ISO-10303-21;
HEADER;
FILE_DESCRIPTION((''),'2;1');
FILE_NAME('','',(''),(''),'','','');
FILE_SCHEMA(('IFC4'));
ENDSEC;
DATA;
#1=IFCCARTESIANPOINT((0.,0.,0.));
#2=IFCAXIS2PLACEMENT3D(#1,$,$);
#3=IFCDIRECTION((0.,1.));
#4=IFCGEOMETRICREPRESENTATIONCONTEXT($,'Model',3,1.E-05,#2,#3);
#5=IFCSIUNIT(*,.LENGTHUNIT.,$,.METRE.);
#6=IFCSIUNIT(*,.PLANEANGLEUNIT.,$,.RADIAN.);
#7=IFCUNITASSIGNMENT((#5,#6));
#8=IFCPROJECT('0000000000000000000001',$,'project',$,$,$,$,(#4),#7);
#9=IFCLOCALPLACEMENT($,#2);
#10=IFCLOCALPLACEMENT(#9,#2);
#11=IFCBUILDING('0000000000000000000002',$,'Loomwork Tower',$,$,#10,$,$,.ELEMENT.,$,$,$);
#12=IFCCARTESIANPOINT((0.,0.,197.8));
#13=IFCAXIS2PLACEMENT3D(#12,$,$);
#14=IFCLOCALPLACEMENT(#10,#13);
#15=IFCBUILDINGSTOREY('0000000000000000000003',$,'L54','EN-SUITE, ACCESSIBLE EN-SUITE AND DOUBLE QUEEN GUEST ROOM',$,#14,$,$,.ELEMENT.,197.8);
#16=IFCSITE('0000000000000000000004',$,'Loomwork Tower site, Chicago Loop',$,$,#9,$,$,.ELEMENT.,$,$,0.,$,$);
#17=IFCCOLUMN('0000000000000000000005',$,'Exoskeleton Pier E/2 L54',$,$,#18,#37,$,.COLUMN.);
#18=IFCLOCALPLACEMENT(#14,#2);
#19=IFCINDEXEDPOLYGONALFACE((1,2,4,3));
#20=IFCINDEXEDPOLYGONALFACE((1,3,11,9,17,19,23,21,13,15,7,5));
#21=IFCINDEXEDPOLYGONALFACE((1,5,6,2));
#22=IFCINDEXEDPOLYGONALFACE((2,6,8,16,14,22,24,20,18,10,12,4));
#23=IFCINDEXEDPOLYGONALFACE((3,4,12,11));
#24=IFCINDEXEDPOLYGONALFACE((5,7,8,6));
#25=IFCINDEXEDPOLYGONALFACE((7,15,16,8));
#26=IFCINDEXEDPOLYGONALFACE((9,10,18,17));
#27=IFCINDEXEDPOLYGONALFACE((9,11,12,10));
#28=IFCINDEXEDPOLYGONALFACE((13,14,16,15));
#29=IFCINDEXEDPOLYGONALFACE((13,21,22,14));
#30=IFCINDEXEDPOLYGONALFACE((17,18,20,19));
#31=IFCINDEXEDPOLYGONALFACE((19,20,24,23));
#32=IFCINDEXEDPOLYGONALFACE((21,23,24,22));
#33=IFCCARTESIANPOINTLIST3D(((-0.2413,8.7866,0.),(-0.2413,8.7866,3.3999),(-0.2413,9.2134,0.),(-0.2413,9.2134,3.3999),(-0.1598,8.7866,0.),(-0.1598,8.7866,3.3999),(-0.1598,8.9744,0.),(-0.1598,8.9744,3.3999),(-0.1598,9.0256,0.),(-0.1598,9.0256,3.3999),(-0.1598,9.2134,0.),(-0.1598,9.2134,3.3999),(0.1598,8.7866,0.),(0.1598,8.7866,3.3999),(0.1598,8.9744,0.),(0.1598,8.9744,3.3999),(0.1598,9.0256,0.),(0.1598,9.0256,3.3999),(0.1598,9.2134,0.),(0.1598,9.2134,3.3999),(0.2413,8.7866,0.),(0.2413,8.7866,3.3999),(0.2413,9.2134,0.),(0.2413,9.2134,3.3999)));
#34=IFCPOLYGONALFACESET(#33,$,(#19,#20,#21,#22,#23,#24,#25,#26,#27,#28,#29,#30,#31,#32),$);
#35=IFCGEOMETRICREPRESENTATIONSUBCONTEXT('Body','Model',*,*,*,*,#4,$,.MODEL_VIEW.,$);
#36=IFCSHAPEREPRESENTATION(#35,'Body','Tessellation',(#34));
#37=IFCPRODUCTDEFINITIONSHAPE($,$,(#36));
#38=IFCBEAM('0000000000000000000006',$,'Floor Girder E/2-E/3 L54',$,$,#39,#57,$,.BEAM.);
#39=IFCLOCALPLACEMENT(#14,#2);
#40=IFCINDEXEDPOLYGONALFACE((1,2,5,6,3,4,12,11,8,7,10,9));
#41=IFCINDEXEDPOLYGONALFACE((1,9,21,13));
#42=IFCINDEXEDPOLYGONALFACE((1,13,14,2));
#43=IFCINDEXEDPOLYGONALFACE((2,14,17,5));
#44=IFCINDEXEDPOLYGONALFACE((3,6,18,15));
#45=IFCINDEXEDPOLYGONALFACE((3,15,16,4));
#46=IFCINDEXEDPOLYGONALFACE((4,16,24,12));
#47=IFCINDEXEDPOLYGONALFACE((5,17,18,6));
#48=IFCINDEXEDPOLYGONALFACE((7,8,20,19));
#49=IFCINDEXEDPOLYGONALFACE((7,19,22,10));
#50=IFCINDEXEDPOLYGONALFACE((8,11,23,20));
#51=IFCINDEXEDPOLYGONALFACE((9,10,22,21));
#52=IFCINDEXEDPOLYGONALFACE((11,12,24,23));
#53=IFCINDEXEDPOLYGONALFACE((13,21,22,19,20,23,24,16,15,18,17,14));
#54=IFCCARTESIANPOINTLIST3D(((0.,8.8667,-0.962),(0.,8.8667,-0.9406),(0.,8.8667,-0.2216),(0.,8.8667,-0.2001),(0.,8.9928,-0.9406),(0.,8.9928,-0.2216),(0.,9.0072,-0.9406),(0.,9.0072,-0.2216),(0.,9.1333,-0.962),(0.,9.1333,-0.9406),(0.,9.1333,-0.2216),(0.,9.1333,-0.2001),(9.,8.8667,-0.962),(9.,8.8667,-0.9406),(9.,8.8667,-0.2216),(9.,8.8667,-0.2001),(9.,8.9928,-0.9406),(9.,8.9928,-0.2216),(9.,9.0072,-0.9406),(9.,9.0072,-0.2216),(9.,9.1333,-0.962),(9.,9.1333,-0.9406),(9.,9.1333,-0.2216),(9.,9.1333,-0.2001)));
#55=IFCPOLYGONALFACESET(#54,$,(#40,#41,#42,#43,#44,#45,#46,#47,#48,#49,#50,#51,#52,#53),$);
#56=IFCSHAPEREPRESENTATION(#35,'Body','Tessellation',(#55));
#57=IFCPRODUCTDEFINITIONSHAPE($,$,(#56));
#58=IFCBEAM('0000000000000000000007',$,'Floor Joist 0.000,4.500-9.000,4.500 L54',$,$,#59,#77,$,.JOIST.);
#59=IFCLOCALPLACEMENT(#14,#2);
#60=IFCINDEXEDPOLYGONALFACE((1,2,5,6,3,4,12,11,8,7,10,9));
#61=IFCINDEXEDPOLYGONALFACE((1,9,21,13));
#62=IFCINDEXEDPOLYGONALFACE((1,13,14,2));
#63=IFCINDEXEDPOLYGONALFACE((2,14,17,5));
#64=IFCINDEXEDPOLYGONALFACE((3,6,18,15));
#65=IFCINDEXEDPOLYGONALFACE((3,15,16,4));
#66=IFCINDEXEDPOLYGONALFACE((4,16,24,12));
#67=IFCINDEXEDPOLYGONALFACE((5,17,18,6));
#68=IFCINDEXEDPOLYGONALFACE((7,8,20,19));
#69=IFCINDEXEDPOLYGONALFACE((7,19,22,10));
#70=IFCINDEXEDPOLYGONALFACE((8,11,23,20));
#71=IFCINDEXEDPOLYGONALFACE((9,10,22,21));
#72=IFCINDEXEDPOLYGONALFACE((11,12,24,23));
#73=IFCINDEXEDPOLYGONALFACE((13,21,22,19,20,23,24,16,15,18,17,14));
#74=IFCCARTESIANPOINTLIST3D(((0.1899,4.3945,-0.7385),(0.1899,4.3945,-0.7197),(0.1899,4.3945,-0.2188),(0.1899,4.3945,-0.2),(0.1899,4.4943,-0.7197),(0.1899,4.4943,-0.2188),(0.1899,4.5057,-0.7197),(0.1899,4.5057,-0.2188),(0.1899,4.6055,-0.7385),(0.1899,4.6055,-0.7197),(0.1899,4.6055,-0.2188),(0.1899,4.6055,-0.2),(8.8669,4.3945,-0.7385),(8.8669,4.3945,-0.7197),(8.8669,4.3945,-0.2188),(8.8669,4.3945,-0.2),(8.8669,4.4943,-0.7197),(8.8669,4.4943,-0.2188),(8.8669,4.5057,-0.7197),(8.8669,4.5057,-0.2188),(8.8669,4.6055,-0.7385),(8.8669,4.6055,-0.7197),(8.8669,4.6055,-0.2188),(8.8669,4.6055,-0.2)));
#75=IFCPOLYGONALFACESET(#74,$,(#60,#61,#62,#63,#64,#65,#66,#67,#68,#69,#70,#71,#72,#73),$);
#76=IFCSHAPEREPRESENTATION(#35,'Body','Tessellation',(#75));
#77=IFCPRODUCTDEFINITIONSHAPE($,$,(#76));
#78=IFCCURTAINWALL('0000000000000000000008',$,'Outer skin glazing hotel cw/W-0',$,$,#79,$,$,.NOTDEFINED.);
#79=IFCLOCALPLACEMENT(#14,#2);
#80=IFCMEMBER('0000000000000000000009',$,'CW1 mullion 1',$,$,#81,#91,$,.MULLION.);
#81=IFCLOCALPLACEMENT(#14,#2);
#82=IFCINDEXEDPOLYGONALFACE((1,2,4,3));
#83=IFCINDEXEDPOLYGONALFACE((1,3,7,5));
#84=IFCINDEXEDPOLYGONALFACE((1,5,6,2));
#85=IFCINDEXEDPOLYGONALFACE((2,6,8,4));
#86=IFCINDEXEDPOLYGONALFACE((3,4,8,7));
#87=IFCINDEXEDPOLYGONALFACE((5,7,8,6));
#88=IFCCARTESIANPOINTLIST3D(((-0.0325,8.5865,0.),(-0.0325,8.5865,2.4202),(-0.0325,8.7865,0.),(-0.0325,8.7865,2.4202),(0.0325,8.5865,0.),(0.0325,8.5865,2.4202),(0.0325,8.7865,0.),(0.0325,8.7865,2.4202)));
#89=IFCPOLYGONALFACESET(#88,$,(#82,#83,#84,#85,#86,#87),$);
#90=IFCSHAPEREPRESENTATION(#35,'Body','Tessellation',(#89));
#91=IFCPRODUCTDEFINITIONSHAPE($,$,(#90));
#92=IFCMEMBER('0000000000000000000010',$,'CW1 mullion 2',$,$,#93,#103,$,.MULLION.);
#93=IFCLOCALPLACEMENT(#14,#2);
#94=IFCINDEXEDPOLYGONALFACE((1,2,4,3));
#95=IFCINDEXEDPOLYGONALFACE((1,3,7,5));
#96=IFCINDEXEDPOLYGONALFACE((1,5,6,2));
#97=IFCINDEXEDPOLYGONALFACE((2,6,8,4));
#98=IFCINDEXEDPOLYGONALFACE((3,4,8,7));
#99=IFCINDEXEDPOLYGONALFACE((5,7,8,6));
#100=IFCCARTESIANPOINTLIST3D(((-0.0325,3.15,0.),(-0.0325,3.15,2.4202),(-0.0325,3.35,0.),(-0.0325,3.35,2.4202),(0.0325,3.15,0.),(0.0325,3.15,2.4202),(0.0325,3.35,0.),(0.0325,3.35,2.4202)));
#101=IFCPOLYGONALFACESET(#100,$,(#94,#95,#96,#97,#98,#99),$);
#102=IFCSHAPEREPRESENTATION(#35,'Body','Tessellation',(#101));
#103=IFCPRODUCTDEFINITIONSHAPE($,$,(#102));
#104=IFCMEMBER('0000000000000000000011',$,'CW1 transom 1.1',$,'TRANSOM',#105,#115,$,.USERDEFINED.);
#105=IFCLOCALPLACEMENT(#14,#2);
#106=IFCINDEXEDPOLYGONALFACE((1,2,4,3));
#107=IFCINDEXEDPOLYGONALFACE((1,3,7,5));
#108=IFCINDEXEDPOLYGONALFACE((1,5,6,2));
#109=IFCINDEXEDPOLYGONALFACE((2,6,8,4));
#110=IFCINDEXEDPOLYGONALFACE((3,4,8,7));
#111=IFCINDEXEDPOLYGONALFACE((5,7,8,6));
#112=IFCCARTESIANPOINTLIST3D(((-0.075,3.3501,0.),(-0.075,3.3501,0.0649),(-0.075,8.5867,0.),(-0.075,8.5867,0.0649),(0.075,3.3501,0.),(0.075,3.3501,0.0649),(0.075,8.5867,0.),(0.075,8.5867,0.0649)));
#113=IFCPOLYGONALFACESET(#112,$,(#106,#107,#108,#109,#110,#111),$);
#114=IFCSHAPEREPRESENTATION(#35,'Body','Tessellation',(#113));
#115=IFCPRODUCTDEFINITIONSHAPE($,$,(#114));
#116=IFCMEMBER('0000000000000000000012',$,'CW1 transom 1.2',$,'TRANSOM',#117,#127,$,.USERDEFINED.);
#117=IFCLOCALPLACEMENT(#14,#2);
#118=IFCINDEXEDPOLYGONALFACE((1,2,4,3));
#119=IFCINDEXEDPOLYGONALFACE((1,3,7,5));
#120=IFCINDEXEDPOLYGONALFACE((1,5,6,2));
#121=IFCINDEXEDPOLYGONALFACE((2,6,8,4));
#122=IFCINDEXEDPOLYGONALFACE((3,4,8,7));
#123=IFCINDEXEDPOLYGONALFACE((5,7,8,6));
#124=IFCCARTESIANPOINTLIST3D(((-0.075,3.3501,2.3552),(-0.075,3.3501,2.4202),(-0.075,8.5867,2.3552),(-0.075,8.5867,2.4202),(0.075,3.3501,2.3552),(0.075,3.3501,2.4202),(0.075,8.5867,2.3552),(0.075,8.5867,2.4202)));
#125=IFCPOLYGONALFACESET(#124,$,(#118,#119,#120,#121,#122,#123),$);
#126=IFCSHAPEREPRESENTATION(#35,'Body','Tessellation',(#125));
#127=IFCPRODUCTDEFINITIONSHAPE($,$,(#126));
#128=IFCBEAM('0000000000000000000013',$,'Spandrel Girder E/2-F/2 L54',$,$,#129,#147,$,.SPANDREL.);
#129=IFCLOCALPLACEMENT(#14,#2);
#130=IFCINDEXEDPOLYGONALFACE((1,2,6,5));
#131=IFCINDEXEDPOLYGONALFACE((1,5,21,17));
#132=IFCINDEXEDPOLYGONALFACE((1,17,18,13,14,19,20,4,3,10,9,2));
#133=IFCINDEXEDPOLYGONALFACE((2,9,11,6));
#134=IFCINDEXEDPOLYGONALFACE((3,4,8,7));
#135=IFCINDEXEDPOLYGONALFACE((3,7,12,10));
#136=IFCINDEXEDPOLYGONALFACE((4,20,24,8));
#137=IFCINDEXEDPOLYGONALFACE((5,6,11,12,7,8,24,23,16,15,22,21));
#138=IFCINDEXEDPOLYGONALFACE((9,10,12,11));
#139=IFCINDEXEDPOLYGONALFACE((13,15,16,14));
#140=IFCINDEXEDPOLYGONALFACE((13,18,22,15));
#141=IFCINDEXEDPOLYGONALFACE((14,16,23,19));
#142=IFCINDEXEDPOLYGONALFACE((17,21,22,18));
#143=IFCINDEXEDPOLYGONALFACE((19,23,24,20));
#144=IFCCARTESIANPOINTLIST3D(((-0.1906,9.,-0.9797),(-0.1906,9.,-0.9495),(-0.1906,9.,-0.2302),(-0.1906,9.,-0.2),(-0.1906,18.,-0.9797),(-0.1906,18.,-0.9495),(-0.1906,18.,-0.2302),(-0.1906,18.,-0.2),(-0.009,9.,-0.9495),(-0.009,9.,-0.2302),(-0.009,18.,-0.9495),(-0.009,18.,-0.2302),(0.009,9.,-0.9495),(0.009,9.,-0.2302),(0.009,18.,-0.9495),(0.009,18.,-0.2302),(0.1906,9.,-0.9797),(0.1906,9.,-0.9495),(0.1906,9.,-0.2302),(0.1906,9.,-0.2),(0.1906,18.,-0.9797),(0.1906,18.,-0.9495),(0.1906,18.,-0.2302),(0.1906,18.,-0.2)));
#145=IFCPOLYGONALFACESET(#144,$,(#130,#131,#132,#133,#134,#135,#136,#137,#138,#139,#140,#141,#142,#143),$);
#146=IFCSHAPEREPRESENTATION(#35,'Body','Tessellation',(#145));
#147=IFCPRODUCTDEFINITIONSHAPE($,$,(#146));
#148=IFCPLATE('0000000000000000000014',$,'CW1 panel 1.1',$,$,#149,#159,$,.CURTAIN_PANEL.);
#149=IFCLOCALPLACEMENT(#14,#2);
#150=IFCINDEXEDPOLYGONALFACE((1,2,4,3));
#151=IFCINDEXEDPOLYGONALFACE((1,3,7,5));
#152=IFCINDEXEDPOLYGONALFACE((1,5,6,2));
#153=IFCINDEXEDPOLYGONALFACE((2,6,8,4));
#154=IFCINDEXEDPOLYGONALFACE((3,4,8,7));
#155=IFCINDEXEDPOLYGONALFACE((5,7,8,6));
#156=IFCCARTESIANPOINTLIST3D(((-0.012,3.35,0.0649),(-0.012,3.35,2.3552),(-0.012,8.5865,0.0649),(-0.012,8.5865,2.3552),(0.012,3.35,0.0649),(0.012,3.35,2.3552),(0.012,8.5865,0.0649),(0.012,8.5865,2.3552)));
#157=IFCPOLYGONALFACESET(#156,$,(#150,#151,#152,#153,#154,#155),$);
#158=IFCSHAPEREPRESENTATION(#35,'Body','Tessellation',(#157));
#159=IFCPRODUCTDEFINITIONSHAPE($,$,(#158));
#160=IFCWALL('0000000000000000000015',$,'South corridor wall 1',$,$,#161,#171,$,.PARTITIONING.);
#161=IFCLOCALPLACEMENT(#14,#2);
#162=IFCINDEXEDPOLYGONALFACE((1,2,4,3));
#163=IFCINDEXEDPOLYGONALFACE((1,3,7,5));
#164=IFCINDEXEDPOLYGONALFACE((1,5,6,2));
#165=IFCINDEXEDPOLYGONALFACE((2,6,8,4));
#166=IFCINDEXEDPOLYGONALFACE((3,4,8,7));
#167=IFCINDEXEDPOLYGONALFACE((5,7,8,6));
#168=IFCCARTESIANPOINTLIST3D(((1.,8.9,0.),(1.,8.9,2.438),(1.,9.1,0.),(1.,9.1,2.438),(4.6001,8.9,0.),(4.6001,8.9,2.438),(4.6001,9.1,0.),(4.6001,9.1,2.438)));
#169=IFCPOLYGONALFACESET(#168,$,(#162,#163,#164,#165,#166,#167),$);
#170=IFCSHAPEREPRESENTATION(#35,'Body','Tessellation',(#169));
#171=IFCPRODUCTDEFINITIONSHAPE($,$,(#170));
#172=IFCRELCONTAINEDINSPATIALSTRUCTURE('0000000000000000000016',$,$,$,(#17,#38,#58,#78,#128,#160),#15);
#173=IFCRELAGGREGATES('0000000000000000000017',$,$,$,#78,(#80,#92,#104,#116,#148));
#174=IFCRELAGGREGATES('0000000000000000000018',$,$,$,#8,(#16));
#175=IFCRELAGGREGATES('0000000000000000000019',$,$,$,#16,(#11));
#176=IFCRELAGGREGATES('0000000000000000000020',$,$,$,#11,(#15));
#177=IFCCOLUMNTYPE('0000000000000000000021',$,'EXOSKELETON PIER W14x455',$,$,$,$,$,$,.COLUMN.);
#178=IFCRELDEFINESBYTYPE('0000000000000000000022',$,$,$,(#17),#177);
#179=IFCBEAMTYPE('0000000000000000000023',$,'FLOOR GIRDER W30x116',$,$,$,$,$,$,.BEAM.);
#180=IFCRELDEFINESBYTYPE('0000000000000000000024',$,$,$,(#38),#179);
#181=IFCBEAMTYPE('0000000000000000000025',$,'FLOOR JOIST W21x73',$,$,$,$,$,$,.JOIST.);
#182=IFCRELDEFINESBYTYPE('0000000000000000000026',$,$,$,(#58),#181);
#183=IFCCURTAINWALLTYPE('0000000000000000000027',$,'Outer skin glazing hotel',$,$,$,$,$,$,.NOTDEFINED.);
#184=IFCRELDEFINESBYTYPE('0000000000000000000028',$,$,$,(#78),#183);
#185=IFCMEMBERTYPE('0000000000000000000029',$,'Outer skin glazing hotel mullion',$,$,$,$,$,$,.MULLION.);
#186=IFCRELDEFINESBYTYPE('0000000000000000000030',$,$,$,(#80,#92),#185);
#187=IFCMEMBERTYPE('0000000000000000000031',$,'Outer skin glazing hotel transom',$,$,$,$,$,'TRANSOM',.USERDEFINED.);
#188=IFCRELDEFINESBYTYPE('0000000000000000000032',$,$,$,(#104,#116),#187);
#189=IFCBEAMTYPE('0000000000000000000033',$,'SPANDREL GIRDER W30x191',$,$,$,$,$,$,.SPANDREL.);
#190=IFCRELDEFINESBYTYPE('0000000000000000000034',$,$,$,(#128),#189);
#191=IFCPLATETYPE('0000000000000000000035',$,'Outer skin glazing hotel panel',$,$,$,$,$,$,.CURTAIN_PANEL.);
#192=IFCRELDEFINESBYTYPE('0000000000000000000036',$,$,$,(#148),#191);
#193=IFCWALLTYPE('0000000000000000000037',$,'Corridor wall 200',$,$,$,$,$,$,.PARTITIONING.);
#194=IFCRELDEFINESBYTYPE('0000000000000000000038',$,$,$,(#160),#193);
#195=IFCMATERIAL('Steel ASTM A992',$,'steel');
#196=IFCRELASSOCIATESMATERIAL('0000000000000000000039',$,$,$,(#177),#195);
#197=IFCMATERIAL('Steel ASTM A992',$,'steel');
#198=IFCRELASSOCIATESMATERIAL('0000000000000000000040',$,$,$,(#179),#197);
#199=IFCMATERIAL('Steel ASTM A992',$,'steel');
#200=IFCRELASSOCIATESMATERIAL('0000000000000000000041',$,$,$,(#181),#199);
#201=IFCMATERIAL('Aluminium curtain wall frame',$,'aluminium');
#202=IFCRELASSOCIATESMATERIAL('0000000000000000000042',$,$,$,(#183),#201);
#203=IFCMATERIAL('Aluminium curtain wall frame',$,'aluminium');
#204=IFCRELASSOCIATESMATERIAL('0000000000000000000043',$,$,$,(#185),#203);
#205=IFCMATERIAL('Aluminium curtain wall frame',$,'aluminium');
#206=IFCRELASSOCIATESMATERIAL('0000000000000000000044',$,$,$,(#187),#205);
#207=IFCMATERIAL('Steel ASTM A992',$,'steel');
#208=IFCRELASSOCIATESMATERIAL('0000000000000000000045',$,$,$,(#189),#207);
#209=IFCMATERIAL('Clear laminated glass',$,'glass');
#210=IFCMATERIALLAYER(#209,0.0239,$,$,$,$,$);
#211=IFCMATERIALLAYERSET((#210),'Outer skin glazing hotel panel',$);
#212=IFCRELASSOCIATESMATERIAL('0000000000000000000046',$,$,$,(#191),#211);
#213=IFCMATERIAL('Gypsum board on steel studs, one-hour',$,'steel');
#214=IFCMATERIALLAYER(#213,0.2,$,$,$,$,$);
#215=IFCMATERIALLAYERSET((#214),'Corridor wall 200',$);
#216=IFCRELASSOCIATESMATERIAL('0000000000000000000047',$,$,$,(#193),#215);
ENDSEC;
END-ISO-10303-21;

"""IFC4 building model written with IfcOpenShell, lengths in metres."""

from ifc_helpers import new_model, si_unit, direction, frame, frame_2d, origin, origin_2d, place, context, subcontext, project, spatial, rectangle, i_section, extrude, material, layer, layer_set, material_profile, profile_set, type_object, element, aggregate, save


model = new_model("IFC4")

# Units and contexts
model_context = context("Model", 3, precision=1e-05, world=origin(), true_north=direction((0.0, 1.0)))
body_context = subcontext(model_context, "Body", "Model", "MODEL_VIEW")
ifc_project = project(units=[si_unit("LENGTHUNIT", "METRE"), si_unit("PLANEANGLEUNIT", "RADIAN")], contexts=[model_context])

# Site, building, storey
site_placement = place(None, origin())
site = spatial("IfcSite", under=ifc_project, at=site_placement, Name="Loomwork Tower site, Chicago Loop", CompositionType="ELEMENT", RefElevation=0.0)
building_placement = place(site_placement, origin())
building = spatial("IfcBuilding", under=site, at=building_placement, Name="Loomwork Tower", CompositionType="ELEMENT")
storey_placement = place(building_placement, frame((0.0, 0.0, 197.8)))
storey = spatial("IfcBuildingStorey", under=building, at=storey_placement, Name="L54", Description="EN-SUITE, ACCESSIBLE EN-SUITE AND DOUBLE QUEEN GUEST ROOM", CompositionType="ELEMENT", Elevation=197.8)

# Column
ifc_material_1 = material(Name="Steel ASTM A992", Category="steel")
ifc_material_profile_1 = material_profile(ifc_material_1, i_section(OverallWidth=0.4268, OverallDepth=0.4827, WebThickness=0.0513, FlangeThickness=0.0815, at=origin_2d()), Name="W14x455")
ifc_profile_set_1 = profile_set([ifc_material_profile_1], Name="Steel ASTM A992")
column_type = type_object("IfcColumnType", Name="EXOSKELETON PIER W14x455", PredefinedType="COLUMN", material=ifc_profile_set_1)
column_placement = place(storey_placement, frame((0.0, 9.0, 0.0), z_axis=(0.0, 0.0, 1.0), x_axis=(0.0, 1.0, 0.0)))
element("IfcColumn", 1, at=column_placement, inside=storey, type_object=column_type, Name="Exoskeleton Pier E/2 L54", PredefinedType="COLUMN", context=body_context, shape_type="SweptSolid", body=[
    extrude(i_section(OverallWidth=0.4268, OverallDepth=0.4827, WebThickness=0.0513, FlangeThickness=0.0815, at=origin_2d()), origin(), (0.0, 0.0, 1.0), 3.3999),
])

# Beams
ifc_material_2 = material(Name="Steel ASTM A992", Category="steel")
ifc_material_profile_2 = material_profile(ifc_material_2, i_section(OverallWidth=0.2666, OverallDepth=0.762, WebThickness=0.0144, FlangeThickness=0.0215, at=origin_2d()), Name="W30x116")
ifc_profile_set_2 = profile_set([ifc_material_profile_2], Name="Steel ASTM A992")
beam_type_1 = type_object("IfcBeamType", Name="FLOOR GIRDER W30x116", PredefinedType="BEAM", material=ifc_profile_set_2)
beam_1_placement = place(storey_placement, frame((0.0, 9.0, -0.5811), z_axis=(1.0, 0.0, 0.0), x_axis=(0.0, 1.0, 0.0)))
element("IfcBeam", 2, at=beam_1_placement, inside=storey, type_object=beam_type_1, Name="Floor Girder E/2-E/3 L54", PredefinedType="BEAM", context=body_context, shape_type="SweptSolid", body=[
    extrude(i_section(OverallWidth=0.2666, OverallDepth=0.762, WebThickness=0.0144, FlangeThickness=0.0215, at=origin_2d()), origin(), (0.0, 0.0, 1.0), 9.0),
])
ifc_material_3 = material(Name="Steel ASTM A992", Category="steel")
ifc_material_profile_3 = material_profile(ifc_material_3, i_section(OverallWidth=0.2109, OverallDepth=0.5386, WebThickness=0.0115, FlangeThickness=0.0188, at=origin_2d()), Name="W21x73")
ifc_profile_set_3 = profile_set([ifc_material_profile_3], Name="Steel ASTM A992")
beam_type_2 = type_object("IfcBeamType", Name="FLOOR JOIST W21x73", PredefinedType="JOIST", material=ifc_profile_set_3)
beam_2_placement = place(storey_placement, frame((0.1899, 4.5, -0.4692), z_axis=(1.0, 0.0, 0.0), x_axis=(0.0, 1.0, 0.0)))
element("IfcBeam", 3, at=beam_2_placement, inside=storey, type_object=beam_type_2, Name="Floor Joist 0.000,4.500-9.000,4.500 L54", PredefinedType="JOIST", context=body_context, shape_type="SweptSolid", body=[
    extrude(i_section(OverallWidth=0.2109, OverallDepth=0.5386, WebThickness=0.0115, FlangeThickness=0.0188, at=origin_2d()), origin(), (0.0, 0.0, 1.0), 8.677),
])

# Curtain wall, members
ifc_material_4 = material(Name="Aluminium curtain wall frame", Category="aluminium")
curtain_wall_type = type_object("IfcCurtainWallType", Name="Outer skin glazing hotel", PredefinedType="NOTDEFINED", material=ifc_material_4)
curtain_wall_placement = place(storey_placement, origin())
curtain_wall = element("IfcCurtainWall", 4, at=curtain_wall_placement, inside=storey, type_object=curtain_wall_type, Name="Outer skin glazing hotel cw/W-0", PredefinedType="NOTDEFINED")
ifc_material_5 = material(Name="Aluminium curtain wall frame", Category="aluminium")
ifc_material_profile_4 = material_profile(ifc_material_5, rectangle(XDim=0.0649, YDim=0.2, at=origin_2d()), Name="AL 65x200")
ifc_profile_set_4 = profile_set([ifc_material_profile_4], Name="Aluminium curtain wall frame")
member_type_1 = type_object("IfcMemberType", Name="Outer skin glazing hotel mullion", PredefinedType="MULLION", material=ifc_profile_set_4)
member_1_placement = place(storey_placement, frame((0.0, 8.6865, 0.0), z_axis=(0.0, 0.0, 1.0), x_axis=(1.0, 0.0, 0.0)))
member_1 = element("IfcMember", 5, at=member_1_placement, type_object=member_type_1, Name="CW1 mullion 1", PredefinedType="MULLION", context=body_context, shape_type="SweptSolid", body=[
    extrude(rectangle(XDim=0.0649, YDim=0.2, at=origin_2d()), origin(), (0.0, 0.0, 1.0), 2.4202),
])
member_2_placement = place(storey_placement, frame((0.0, 3.25, 0.0), z_axis=(0.0, 0.0, 1.0), x_axis=(1.0, 0.0, 0.0)))
member_2 = element("IfcMember", 6, at=member_2_placement, type_object=member_type_1, Name="CW1 mullion 2", PredefinedType="MULLION", context=body_context, shape_type="SweptSolid", body=[
    extrude(rectangle(XDim=0.0649, YDim=0.2, at=origin_2d()), origin(), (0.0, 0.0, 1.0), 2.4202),
])
ifc_material_6 = material(Name="Aluminium curtain wall frame", Category="aluminium")
ifc_material_profile_5 = material_profile(ifc_material_6, rectangle(XDim=0.1499, YDim=0.0649, at=origin_2d()), Name="AL 65x150")
ifc_profile_set_5 = profile_set([ifc_material_profile_5], Name="Aluminium curtain wall frame")
member_type_2 = type_object("IfcMemberType", Name="Outer skin glazing hotel transom", ElementType="TRANSOM", PredefinedType="USERDEFINED", material=ifc_profile_set_5)
member_3_placement = place(storey_placement, frame((0.0, 8.5867, 0.0325), z_axis=(0.0, -1.0, 0.0), x_axis=(1.0, 0.0, 0.0)))
member_3 = element("IfcMember", 7, at=member_3_placement, type_object=member_type_2, Name="CW1 transom 1.1", ObjectType="TRANSOM", PredefinedType="USERDEFINED", context=body_context, shape_type="SweptSolid", body=[
    extrude(rectangle(XDim=0.1499, YDim=0.0649, at=origin_2d()), origin(), (0.0, 0.0, 1.0), 5.2366),
])
member_4_placement = place(storey_placement, frame((0.0, 8.5867, 2.3877), z_axis=(0.0, -1.0, 0.0), x_axis=(1.0, 0.0, 0.0)))
member_4 = element("IfcMember", 8, at=member_4_placement, type_object=member_type_2, Name="CW1 transom 1.2", ObjectType="TRANSOM", PredefinedType="USERDEFINED", context=body_context, shape_type="SweptSolid", body=[
    extrude(rectangle(XDim=0.1499, YDim=0.0649, at=origin_2d()), origin(), (0.0, 0.0, 1.0), 5.2366),
])

# Beam
ifc_material_7 = material(Name="Steel ASTM A992", Category="steel")
ifc_material_profile_6 = material_profile(ifc_material_7, i_section(OverallWidth=0.3811, OverallDepth=0.7798, WebThickness=0.0181, FlangeThickness=0.0303, at=origin_2d()), Name="W30x191")
ifc_profile_set_6 = profile_set([ifc_material_profile_6], Name="Steel ASTM A992")
beam_type_3 = type_object("IfcBeamType", Name="SPANDREL GIRDER W30x191", PredefinedType="SPANDREL", material=ifc_profile_set_6)
beam_3_placement = place(storey_placement, frame((0.0, 9.0, -0.5898), z_axis=(0.0, 1.0, 0.0), x_axis=(-1.0, 0.0, 0.0)))
element("IfcBeam", 9, at=beam_3_placement, inside=storey, type_object=beam_type_3, Name="Spandrel Girder E/2-F/2 L54", PredefinedType="SPANDREL", context=body_context, shape_type="SweptSolid", body=[
    extrude(i_section(OverallWidth=0.3811, OverallDepth=0.7798, WebThickness=0.0181, FlangeThickness=0.0303, at=origin_2d()), origin(), (0.0, 0.0, 1.0), 9.0),
])

# Plate
ifc_material_8 = material(Name="Clear laminated glass", Category="glass")
ifc_layer_1 = layer(ifc_material_8, 0.0239)
ifc_layer_set_1 = layer_set([ifc_layer_1], Name="Outer skin glazing hotel panel")
plate_type = type_object("IfcPlateType", Name="Outer skin glazing hotel panel", PredefinedType="CURTAIN_PANEL", material=ifc_layer_set_1)
plate_placement = place(storey_placement, frame((0.0, 5.9683, 0.0649), z_axis=(0.0, 0.0, 1.0), x_axis=(0.0, -1.0, 0.0)))
plate = element("IfcPlate", 10, at=plate_placement, type_object=plate_type, Name="CW1 panel 1.1", PredefinedType="CURTAIN_PANEL", context=body_context, shape_type="SweptSolid", body=[
    extrude(rectangle(XDim=5.2366, YDim=0.0239, at=origin_2d()), origin(), (0.0, 0.0, 1.0), 2.2903),
])
aggregate(curtain_wall, [member_1, member_2, member_3, member_4, plate])

# Wall
ifc_material_9 = material(Name="Gypsum board on steel studs, one-hour", Category="steel")
ifc_layer_2 = layer(ifc_material_9, 0.2)
ifc_layer_set_2 = layer_set([ifc_layer_2], Name="Corridor wall 200")
wall_type_1 = type_object("IfcWallType", Name="Corridor wall 200", PredefinedType="PARTITIONING", material=ifc_layer_set_2)
wall_1_placement = place(storey_placement, frame((1.0, 9.0, 0.0), z_axis=(0.0, 0.0, 1.0), x_axis=(1.0, 0.0, 0.0)))
element("IfcWall", 11, at=wall_1_placement, inside=storey, type_object=wall_type_1, Name="South corridor wall 1", PredefinedType="PARTITIONING", context=body_context, shape_type="SweptSolid", body=[
    extrude(rectangle(XDim=3.6001, YDim=0.2, at=frame_2d((1.8, 0.0))), origin(), (0.0, 0.0, 1.0), 2.438),
])

save(model, "model.ifc")
